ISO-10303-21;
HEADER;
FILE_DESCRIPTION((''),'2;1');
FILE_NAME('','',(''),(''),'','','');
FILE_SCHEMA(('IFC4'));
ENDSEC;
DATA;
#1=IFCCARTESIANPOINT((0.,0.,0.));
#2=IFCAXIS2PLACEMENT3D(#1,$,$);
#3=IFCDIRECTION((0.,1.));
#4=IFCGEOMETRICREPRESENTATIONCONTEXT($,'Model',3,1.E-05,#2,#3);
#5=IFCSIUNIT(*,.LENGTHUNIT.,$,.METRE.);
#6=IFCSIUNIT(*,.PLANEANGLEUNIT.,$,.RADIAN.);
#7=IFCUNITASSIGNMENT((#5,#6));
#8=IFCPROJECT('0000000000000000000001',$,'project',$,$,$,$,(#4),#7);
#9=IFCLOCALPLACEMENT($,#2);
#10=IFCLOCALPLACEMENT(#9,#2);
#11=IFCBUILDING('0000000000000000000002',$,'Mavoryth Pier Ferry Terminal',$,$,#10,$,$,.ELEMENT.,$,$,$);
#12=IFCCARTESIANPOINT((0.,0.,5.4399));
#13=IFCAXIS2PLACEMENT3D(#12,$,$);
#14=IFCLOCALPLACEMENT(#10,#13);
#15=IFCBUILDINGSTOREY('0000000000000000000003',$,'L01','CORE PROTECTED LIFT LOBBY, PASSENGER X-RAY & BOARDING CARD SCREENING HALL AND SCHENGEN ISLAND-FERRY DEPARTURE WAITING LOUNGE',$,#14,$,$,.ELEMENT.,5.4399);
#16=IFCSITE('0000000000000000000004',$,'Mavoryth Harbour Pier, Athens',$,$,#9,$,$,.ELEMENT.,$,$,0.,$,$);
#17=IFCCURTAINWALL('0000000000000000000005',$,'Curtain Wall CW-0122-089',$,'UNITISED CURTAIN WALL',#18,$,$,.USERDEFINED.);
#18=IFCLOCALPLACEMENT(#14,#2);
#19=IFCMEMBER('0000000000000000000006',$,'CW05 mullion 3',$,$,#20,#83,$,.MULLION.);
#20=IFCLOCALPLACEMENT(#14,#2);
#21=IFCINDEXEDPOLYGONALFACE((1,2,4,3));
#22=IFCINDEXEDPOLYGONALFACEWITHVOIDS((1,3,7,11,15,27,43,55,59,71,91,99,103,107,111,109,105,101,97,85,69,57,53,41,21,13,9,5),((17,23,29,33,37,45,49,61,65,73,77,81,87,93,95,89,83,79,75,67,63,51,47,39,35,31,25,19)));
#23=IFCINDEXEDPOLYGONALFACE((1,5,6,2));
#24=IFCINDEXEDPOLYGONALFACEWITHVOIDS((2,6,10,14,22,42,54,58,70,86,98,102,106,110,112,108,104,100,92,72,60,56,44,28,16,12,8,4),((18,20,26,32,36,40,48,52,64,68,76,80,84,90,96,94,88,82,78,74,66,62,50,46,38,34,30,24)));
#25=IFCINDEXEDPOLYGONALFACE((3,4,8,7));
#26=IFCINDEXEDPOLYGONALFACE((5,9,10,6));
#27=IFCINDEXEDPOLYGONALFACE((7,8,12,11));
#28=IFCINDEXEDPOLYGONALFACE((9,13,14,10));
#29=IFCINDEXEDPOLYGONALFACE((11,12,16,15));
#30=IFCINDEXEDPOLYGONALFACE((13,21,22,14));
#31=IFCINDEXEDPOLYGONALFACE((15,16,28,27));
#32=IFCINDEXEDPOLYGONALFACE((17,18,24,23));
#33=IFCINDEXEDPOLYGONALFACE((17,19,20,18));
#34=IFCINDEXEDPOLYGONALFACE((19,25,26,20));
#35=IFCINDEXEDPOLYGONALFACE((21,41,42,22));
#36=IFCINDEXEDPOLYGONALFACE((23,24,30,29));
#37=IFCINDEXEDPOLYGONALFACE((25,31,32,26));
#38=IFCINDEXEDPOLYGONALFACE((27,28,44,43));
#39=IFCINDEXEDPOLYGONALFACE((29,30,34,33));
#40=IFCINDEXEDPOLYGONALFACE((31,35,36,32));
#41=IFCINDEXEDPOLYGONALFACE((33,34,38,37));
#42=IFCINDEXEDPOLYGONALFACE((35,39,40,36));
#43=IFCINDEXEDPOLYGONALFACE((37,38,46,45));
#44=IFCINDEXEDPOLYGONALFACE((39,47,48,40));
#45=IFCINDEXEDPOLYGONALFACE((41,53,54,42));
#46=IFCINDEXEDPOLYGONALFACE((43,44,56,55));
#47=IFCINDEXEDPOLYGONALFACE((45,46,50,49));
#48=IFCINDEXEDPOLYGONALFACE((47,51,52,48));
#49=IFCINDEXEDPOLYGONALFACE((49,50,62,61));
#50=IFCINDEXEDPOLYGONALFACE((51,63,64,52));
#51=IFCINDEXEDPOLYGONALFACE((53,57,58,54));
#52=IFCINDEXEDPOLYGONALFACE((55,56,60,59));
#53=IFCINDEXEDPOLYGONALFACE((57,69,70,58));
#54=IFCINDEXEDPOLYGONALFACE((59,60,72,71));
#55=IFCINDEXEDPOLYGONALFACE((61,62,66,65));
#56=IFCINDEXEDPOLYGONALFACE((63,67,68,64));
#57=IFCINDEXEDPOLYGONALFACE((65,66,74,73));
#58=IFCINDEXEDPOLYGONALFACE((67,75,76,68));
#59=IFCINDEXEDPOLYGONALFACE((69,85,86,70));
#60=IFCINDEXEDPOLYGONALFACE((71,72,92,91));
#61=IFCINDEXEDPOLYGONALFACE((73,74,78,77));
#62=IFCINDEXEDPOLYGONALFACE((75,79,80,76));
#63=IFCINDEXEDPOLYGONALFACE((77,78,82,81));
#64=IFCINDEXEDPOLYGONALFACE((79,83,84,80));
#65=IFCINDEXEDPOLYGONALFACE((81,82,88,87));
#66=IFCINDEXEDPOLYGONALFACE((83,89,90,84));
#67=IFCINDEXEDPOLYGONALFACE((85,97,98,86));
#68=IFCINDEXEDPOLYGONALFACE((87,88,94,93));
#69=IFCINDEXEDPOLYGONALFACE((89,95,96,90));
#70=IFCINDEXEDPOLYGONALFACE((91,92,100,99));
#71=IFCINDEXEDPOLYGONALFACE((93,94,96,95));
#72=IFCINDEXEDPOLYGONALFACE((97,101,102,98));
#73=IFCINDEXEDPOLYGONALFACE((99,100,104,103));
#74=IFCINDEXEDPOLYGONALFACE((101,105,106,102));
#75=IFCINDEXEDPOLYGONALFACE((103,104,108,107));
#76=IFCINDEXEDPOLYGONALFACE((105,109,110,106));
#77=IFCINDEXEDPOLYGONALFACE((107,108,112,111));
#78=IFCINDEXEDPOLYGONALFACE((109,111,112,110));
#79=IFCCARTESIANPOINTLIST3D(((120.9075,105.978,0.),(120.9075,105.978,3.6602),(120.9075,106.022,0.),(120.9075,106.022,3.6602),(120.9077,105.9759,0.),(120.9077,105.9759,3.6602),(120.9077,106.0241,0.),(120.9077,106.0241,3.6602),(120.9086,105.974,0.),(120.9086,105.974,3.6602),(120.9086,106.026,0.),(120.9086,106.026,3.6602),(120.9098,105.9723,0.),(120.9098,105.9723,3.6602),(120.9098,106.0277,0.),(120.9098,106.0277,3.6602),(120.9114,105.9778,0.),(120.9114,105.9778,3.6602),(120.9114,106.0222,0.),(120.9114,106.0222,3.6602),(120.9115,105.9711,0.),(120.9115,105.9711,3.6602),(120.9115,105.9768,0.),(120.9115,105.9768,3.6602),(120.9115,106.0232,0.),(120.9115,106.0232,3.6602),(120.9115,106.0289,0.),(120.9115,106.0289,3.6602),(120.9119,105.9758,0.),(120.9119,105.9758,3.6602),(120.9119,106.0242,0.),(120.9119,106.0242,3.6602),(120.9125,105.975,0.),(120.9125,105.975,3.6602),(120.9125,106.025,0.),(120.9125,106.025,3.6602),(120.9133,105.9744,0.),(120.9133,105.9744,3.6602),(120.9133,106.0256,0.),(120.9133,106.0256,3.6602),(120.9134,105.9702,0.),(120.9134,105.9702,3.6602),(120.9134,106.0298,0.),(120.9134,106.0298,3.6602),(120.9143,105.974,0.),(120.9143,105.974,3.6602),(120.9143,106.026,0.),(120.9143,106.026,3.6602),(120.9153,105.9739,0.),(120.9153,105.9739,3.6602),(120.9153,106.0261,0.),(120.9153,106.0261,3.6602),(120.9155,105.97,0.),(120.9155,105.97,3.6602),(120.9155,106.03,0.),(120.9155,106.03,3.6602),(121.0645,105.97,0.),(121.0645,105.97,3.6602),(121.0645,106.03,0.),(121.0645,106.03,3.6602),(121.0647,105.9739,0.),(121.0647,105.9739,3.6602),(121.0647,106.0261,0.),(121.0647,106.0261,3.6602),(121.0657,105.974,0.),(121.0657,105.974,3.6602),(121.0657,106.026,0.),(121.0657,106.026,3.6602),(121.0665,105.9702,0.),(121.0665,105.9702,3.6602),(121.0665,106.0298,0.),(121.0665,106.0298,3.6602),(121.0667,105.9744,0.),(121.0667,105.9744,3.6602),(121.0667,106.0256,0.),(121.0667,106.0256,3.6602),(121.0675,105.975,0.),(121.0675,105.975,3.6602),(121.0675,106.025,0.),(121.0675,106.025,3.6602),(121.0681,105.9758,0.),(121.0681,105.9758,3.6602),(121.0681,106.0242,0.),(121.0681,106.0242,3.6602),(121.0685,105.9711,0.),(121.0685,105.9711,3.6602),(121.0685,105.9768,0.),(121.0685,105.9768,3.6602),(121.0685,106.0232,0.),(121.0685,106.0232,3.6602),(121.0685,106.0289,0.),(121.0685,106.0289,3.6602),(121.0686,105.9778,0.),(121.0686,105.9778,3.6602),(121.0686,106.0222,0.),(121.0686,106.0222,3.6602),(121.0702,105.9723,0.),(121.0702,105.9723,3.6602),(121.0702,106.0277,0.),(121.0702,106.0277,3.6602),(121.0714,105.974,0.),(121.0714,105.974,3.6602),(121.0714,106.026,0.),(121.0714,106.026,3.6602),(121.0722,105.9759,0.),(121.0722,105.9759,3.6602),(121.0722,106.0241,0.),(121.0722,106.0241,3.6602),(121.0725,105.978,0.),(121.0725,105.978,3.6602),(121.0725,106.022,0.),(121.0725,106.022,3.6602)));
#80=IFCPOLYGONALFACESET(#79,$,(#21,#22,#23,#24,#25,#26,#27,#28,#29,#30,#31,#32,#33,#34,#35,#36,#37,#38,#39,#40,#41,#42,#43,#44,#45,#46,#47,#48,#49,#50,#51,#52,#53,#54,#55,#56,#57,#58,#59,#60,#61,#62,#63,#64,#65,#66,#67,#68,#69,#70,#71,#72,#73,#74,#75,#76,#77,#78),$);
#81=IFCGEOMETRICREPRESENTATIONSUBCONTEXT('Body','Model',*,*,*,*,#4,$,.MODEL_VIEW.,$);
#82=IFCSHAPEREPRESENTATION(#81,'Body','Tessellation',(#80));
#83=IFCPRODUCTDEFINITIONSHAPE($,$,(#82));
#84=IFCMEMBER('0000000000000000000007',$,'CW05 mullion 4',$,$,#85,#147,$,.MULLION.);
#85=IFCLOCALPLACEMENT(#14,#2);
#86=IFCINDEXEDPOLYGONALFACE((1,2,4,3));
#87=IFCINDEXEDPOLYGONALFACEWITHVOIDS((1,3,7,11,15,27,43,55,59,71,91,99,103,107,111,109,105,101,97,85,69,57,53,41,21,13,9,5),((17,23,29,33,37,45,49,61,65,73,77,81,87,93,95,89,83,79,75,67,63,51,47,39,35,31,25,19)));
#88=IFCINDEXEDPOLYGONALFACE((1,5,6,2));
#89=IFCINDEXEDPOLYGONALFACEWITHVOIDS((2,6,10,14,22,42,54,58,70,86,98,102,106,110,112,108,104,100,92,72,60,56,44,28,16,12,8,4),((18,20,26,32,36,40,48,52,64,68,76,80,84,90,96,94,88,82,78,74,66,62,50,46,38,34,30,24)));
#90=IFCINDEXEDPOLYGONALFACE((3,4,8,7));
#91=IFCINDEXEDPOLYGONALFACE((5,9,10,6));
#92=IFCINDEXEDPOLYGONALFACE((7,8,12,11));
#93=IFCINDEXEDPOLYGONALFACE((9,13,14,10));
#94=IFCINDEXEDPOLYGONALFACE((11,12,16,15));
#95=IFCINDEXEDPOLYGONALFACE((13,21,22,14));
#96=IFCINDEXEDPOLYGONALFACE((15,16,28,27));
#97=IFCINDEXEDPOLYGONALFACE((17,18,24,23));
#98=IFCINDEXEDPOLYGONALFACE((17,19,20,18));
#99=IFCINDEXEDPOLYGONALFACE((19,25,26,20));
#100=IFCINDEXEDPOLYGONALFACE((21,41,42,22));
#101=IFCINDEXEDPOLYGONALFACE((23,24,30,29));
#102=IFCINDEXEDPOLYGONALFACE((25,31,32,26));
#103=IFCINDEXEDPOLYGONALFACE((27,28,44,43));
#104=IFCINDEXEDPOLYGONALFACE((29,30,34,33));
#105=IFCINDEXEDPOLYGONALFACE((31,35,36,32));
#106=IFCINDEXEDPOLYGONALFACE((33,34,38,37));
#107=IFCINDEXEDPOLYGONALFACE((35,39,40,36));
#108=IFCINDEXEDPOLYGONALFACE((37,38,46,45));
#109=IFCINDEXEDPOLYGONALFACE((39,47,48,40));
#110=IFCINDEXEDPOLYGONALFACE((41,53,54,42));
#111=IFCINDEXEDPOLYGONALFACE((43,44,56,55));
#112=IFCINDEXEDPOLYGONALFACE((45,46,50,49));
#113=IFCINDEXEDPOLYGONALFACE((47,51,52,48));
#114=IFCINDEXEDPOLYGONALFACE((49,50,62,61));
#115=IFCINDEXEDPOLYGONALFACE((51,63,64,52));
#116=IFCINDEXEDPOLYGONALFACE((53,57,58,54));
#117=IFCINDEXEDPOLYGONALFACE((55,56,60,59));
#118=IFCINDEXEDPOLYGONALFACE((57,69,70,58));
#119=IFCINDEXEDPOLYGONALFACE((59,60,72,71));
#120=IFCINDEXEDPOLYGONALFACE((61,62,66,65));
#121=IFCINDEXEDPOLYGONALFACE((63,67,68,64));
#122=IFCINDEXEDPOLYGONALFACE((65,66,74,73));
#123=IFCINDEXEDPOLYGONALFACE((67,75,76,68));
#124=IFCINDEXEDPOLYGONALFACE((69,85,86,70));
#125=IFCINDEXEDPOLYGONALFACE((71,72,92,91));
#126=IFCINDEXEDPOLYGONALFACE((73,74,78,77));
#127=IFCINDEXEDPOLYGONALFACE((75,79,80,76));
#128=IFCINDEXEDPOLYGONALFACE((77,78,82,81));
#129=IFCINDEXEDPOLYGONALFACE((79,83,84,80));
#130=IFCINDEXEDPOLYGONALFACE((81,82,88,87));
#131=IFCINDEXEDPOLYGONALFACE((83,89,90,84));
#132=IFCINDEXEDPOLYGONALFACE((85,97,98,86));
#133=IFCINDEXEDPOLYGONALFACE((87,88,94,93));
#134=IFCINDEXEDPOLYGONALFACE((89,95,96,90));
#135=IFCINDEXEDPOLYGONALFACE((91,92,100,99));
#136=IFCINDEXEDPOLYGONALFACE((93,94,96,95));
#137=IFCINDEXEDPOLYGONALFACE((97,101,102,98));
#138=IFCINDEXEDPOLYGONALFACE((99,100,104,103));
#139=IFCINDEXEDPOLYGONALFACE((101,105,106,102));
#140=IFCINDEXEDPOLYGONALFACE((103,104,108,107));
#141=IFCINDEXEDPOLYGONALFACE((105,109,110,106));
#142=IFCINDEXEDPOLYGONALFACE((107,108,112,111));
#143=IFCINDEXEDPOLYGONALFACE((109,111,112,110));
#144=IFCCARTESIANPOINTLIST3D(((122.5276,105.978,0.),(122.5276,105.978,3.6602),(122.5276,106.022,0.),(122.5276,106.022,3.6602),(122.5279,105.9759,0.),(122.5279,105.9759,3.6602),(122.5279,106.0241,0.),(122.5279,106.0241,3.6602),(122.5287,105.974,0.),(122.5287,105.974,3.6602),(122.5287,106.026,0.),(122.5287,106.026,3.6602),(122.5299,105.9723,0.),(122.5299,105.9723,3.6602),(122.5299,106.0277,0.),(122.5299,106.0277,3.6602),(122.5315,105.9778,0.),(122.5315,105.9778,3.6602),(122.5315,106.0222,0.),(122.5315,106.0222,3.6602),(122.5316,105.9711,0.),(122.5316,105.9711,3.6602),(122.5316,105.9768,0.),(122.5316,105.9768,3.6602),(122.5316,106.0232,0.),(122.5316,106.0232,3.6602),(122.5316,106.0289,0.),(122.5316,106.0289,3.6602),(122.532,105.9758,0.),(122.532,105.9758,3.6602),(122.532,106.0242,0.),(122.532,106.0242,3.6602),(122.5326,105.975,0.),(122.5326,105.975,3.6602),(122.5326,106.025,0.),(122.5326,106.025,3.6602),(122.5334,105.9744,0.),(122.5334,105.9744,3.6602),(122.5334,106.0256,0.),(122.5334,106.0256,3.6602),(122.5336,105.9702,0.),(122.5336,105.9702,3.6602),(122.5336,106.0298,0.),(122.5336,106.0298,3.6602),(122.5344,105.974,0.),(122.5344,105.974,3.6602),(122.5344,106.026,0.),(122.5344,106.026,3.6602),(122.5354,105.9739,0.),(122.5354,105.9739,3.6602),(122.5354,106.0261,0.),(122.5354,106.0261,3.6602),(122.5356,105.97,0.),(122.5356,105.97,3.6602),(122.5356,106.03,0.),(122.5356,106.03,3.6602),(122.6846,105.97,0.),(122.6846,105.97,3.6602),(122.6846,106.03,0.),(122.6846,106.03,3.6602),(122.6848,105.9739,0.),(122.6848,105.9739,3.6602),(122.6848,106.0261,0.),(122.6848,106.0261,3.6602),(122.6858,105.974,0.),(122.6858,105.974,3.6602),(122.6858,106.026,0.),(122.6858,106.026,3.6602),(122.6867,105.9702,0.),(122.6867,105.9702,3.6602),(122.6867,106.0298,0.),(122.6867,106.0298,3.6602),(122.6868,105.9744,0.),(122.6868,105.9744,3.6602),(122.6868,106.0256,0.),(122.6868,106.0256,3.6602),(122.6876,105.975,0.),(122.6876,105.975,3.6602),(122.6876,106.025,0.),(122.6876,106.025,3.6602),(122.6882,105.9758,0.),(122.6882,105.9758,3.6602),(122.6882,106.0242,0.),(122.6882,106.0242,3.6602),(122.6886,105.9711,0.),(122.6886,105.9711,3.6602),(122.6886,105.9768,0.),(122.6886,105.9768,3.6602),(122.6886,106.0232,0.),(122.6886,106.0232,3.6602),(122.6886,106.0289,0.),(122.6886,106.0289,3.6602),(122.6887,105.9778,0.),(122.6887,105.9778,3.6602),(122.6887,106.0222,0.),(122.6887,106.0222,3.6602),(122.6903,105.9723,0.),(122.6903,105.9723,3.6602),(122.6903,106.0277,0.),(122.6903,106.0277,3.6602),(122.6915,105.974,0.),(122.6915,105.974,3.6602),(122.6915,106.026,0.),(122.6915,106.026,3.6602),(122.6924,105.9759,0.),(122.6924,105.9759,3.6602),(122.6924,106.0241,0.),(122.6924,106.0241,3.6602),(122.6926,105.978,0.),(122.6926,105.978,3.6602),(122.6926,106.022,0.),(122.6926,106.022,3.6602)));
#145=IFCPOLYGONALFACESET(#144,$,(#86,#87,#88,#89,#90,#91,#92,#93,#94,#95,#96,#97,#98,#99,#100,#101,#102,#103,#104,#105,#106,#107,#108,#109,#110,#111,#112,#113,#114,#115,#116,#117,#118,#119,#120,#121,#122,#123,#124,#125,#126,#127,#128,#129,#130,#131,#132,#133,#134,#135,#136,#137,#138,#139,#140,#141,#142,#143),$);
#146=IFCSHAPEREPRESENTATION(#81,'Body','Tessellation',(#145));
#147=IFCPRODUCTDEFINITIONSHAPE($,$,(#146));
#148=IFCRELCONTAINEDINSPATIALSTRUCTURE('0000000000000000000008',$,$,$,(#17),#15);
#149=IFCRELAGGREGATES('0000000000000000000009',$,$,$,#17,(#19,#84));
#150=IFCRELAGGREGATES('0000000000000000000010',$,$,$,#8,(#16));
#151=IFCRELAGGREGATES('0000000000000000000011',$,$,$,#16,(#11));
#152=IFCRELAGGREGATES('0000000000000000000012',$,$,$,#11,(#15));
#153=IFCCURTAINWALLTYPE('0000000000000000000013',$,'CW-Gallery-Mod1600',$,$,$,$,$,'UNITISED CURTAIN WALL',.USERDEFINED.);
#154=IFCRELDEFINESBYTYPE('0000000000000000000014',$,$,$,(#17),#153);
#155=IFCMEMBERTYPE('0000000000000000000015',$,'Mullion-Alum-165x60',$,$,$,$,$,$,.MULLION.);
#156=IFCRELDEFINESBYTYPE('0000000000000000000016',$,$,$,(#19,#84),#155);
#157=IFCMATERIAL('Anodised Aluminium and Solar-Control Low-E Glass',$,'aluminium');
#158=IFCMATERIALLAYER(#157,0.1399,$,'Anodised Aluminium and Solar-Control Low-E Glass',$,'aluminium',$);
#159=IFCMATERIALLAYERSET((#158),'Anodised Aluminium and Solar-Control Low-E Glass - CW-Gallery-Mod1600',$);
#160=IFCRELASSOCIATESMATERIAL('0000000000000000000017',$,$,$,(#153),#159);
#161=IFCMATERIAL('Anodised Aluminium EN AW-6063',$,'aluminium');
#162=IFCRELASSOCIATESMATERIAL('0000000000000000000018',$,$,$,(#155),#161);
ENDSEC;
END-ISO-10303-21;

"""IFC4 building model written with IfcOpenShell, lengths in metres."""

from ifc_helpers import new_model, si_unit, direction, frame, origin, origin_2d, place, context, subcontext, project, spatial, hollow_rectangle, extrude, material, layer, layer_set, material_profile, profile_set, type_object, element, aggregate, save


model = new_model("IFC4")

# Units and contexts
model_context = context("Model", 3, precision=1e-05, world=origin(), true_north=direction((0.0, 1.0)))
body_context = subcontext(model_context, "Body", "Model", "MODEL_VIEW")
ifc_project = project(units=[si_unit("LENGTHUNIT", "METRE"), si_unit("PLANEANGLEUNIT", "RADIAN")], contexts=[model_context])

# Site, building, storey
site_placement = place(None, origin())
site = spatial("IfcSite", under=ifc_project, at=site_placement, Name="Mavoryth Harbour Pier, Athens", CompositionType="ELEMENT", RefElevation=0.0)
building_placement = place(site_placement, origin())
building = spatial("IfcBuilding", under=site, at=building_placement, Name="Mavoryth Pier Ferry Terminal", CompositionType="ELEMENT")
storey_placement = place(building_placement, frame((0.0, 0.0, 5.4399)))
storey = spatial("IfcBuildingStorey", under=building, at=storey_placement, Name="L01", Description="CORE PROTECTED LIFT LOBBY, PASSENGER X-RAY & BOARDING CARD SCREENING HALL AND SCHENGEN ISLAND-FERRY DEPARTURE WAITING LOUNGE", CompositionType="ELEMENT", Elevation=5.4399)

# Curtain wall, members
ifc_material_1 = material(Name="Anodised Aluminium and Solar-Control Low-E Glass", Category="aluminium")
ifc_layer_1 = layer(ifc_material_1, 0.1399, Name="Anodised Aluminium and Solar-Control Low-E Glass", Category="aluminium")
ifc_layer_set_1 = layer_set([ifc_layer_1], Name="Anodised Aluminium and Solar-Control Low-E Glass - CW-Gallery-Mod1600")
curtain_wall_type = type_object("IfcCurtainWallType", Name="CW-Gallery-Mod1600", ElementType="UNITISED CURTAIN WALL", PredefinedType="USERDEFINED", material=ifc_layer_set_1)
curtain_wall_1_placement = place(storey_placement, origin())
curtain_wall_1 = element("IfcCurtainWall", 1, at=curtain_wall_1_placement, inside=storey, type_object=curtain_wall_type, Name="Curtain Wall CW-0122-089", ObjectType="UNITISED CURTAIN WALL", PredefinedType="USERDEFINED")
ifc_material_2 = material(Name="Anodised Aluminium EN AW-6063", Category="aluminium")
ifc_material_profile_1 = material_profile(ifc_material_2, hollow_rectangle(XDim=0.0601, YDim=0.165, WallThickness=0.0039, InnerFilletRadius=0.0039, OuterFilletRadius=0.0081, at=origin_2d()), Name="AL-MULL 165x60x4", Category="aluminium")
ifc_profile_set_1 = profile_set([ifc_material_profile_1], Name="Anodised Aluminium EN AW-6063 - AL-MULL 165x60x4")
member_type_1 = type_object("IfcMemberType", Name="Mullion-Alum-165x60", PredefinedType="MULLION", material=ifc_profile_set_1)
member_1_placement = place(storey_placement, frame((120.99, 106.0, 0.0), z_axis=(0.0, 0.0, 1.0), x_axis=(0.0, 1.0, 0.0)))
member_1 = element("IfcMember", 2, at=member_1_placement, type_object=member_type_1, Name="CW05 mullion 3", PredefinedType="MULLION", context=body_context, shape_type="SweptSolid", body=[
    extrude(hollow_rectangle(XDim=0.0601, YDim=0.165, WallThickness=0.0039, InnerFilletRadius=0.0039, OuterFilletRadius=0.0081, at=origin_2d()), origin(), (0.0, 0.0, 1.0), 3.6602),
])
member_2_placement = place(storey_placement, frame((122.6101, 106.0, 0.0), z_axis=(0.0, 0.0, 1.0), x_axis=(0.0, 1.0, 0.0)))
member_2 = element("IfcMember", 3, at=member_2_placement, type_object=member_type_1, Name="CW05 mullion 4", PredefinedType="MULLION", context=body_context, shape_type="SweptSolid", body=[
    extrude(hollow_rectangle(XDim=0.0601, YDim=0.165, WallThickness=0.0039, InnerFilletRadius=0.0039, OuterFilletRadius=0.0081, at=origin_2d()), origin(), (0.0, 0.0, 1.0), 3.6602),
])

aggregate(curtain_wall_1, [member_1, member_2])

save(model, "model.ifc")
